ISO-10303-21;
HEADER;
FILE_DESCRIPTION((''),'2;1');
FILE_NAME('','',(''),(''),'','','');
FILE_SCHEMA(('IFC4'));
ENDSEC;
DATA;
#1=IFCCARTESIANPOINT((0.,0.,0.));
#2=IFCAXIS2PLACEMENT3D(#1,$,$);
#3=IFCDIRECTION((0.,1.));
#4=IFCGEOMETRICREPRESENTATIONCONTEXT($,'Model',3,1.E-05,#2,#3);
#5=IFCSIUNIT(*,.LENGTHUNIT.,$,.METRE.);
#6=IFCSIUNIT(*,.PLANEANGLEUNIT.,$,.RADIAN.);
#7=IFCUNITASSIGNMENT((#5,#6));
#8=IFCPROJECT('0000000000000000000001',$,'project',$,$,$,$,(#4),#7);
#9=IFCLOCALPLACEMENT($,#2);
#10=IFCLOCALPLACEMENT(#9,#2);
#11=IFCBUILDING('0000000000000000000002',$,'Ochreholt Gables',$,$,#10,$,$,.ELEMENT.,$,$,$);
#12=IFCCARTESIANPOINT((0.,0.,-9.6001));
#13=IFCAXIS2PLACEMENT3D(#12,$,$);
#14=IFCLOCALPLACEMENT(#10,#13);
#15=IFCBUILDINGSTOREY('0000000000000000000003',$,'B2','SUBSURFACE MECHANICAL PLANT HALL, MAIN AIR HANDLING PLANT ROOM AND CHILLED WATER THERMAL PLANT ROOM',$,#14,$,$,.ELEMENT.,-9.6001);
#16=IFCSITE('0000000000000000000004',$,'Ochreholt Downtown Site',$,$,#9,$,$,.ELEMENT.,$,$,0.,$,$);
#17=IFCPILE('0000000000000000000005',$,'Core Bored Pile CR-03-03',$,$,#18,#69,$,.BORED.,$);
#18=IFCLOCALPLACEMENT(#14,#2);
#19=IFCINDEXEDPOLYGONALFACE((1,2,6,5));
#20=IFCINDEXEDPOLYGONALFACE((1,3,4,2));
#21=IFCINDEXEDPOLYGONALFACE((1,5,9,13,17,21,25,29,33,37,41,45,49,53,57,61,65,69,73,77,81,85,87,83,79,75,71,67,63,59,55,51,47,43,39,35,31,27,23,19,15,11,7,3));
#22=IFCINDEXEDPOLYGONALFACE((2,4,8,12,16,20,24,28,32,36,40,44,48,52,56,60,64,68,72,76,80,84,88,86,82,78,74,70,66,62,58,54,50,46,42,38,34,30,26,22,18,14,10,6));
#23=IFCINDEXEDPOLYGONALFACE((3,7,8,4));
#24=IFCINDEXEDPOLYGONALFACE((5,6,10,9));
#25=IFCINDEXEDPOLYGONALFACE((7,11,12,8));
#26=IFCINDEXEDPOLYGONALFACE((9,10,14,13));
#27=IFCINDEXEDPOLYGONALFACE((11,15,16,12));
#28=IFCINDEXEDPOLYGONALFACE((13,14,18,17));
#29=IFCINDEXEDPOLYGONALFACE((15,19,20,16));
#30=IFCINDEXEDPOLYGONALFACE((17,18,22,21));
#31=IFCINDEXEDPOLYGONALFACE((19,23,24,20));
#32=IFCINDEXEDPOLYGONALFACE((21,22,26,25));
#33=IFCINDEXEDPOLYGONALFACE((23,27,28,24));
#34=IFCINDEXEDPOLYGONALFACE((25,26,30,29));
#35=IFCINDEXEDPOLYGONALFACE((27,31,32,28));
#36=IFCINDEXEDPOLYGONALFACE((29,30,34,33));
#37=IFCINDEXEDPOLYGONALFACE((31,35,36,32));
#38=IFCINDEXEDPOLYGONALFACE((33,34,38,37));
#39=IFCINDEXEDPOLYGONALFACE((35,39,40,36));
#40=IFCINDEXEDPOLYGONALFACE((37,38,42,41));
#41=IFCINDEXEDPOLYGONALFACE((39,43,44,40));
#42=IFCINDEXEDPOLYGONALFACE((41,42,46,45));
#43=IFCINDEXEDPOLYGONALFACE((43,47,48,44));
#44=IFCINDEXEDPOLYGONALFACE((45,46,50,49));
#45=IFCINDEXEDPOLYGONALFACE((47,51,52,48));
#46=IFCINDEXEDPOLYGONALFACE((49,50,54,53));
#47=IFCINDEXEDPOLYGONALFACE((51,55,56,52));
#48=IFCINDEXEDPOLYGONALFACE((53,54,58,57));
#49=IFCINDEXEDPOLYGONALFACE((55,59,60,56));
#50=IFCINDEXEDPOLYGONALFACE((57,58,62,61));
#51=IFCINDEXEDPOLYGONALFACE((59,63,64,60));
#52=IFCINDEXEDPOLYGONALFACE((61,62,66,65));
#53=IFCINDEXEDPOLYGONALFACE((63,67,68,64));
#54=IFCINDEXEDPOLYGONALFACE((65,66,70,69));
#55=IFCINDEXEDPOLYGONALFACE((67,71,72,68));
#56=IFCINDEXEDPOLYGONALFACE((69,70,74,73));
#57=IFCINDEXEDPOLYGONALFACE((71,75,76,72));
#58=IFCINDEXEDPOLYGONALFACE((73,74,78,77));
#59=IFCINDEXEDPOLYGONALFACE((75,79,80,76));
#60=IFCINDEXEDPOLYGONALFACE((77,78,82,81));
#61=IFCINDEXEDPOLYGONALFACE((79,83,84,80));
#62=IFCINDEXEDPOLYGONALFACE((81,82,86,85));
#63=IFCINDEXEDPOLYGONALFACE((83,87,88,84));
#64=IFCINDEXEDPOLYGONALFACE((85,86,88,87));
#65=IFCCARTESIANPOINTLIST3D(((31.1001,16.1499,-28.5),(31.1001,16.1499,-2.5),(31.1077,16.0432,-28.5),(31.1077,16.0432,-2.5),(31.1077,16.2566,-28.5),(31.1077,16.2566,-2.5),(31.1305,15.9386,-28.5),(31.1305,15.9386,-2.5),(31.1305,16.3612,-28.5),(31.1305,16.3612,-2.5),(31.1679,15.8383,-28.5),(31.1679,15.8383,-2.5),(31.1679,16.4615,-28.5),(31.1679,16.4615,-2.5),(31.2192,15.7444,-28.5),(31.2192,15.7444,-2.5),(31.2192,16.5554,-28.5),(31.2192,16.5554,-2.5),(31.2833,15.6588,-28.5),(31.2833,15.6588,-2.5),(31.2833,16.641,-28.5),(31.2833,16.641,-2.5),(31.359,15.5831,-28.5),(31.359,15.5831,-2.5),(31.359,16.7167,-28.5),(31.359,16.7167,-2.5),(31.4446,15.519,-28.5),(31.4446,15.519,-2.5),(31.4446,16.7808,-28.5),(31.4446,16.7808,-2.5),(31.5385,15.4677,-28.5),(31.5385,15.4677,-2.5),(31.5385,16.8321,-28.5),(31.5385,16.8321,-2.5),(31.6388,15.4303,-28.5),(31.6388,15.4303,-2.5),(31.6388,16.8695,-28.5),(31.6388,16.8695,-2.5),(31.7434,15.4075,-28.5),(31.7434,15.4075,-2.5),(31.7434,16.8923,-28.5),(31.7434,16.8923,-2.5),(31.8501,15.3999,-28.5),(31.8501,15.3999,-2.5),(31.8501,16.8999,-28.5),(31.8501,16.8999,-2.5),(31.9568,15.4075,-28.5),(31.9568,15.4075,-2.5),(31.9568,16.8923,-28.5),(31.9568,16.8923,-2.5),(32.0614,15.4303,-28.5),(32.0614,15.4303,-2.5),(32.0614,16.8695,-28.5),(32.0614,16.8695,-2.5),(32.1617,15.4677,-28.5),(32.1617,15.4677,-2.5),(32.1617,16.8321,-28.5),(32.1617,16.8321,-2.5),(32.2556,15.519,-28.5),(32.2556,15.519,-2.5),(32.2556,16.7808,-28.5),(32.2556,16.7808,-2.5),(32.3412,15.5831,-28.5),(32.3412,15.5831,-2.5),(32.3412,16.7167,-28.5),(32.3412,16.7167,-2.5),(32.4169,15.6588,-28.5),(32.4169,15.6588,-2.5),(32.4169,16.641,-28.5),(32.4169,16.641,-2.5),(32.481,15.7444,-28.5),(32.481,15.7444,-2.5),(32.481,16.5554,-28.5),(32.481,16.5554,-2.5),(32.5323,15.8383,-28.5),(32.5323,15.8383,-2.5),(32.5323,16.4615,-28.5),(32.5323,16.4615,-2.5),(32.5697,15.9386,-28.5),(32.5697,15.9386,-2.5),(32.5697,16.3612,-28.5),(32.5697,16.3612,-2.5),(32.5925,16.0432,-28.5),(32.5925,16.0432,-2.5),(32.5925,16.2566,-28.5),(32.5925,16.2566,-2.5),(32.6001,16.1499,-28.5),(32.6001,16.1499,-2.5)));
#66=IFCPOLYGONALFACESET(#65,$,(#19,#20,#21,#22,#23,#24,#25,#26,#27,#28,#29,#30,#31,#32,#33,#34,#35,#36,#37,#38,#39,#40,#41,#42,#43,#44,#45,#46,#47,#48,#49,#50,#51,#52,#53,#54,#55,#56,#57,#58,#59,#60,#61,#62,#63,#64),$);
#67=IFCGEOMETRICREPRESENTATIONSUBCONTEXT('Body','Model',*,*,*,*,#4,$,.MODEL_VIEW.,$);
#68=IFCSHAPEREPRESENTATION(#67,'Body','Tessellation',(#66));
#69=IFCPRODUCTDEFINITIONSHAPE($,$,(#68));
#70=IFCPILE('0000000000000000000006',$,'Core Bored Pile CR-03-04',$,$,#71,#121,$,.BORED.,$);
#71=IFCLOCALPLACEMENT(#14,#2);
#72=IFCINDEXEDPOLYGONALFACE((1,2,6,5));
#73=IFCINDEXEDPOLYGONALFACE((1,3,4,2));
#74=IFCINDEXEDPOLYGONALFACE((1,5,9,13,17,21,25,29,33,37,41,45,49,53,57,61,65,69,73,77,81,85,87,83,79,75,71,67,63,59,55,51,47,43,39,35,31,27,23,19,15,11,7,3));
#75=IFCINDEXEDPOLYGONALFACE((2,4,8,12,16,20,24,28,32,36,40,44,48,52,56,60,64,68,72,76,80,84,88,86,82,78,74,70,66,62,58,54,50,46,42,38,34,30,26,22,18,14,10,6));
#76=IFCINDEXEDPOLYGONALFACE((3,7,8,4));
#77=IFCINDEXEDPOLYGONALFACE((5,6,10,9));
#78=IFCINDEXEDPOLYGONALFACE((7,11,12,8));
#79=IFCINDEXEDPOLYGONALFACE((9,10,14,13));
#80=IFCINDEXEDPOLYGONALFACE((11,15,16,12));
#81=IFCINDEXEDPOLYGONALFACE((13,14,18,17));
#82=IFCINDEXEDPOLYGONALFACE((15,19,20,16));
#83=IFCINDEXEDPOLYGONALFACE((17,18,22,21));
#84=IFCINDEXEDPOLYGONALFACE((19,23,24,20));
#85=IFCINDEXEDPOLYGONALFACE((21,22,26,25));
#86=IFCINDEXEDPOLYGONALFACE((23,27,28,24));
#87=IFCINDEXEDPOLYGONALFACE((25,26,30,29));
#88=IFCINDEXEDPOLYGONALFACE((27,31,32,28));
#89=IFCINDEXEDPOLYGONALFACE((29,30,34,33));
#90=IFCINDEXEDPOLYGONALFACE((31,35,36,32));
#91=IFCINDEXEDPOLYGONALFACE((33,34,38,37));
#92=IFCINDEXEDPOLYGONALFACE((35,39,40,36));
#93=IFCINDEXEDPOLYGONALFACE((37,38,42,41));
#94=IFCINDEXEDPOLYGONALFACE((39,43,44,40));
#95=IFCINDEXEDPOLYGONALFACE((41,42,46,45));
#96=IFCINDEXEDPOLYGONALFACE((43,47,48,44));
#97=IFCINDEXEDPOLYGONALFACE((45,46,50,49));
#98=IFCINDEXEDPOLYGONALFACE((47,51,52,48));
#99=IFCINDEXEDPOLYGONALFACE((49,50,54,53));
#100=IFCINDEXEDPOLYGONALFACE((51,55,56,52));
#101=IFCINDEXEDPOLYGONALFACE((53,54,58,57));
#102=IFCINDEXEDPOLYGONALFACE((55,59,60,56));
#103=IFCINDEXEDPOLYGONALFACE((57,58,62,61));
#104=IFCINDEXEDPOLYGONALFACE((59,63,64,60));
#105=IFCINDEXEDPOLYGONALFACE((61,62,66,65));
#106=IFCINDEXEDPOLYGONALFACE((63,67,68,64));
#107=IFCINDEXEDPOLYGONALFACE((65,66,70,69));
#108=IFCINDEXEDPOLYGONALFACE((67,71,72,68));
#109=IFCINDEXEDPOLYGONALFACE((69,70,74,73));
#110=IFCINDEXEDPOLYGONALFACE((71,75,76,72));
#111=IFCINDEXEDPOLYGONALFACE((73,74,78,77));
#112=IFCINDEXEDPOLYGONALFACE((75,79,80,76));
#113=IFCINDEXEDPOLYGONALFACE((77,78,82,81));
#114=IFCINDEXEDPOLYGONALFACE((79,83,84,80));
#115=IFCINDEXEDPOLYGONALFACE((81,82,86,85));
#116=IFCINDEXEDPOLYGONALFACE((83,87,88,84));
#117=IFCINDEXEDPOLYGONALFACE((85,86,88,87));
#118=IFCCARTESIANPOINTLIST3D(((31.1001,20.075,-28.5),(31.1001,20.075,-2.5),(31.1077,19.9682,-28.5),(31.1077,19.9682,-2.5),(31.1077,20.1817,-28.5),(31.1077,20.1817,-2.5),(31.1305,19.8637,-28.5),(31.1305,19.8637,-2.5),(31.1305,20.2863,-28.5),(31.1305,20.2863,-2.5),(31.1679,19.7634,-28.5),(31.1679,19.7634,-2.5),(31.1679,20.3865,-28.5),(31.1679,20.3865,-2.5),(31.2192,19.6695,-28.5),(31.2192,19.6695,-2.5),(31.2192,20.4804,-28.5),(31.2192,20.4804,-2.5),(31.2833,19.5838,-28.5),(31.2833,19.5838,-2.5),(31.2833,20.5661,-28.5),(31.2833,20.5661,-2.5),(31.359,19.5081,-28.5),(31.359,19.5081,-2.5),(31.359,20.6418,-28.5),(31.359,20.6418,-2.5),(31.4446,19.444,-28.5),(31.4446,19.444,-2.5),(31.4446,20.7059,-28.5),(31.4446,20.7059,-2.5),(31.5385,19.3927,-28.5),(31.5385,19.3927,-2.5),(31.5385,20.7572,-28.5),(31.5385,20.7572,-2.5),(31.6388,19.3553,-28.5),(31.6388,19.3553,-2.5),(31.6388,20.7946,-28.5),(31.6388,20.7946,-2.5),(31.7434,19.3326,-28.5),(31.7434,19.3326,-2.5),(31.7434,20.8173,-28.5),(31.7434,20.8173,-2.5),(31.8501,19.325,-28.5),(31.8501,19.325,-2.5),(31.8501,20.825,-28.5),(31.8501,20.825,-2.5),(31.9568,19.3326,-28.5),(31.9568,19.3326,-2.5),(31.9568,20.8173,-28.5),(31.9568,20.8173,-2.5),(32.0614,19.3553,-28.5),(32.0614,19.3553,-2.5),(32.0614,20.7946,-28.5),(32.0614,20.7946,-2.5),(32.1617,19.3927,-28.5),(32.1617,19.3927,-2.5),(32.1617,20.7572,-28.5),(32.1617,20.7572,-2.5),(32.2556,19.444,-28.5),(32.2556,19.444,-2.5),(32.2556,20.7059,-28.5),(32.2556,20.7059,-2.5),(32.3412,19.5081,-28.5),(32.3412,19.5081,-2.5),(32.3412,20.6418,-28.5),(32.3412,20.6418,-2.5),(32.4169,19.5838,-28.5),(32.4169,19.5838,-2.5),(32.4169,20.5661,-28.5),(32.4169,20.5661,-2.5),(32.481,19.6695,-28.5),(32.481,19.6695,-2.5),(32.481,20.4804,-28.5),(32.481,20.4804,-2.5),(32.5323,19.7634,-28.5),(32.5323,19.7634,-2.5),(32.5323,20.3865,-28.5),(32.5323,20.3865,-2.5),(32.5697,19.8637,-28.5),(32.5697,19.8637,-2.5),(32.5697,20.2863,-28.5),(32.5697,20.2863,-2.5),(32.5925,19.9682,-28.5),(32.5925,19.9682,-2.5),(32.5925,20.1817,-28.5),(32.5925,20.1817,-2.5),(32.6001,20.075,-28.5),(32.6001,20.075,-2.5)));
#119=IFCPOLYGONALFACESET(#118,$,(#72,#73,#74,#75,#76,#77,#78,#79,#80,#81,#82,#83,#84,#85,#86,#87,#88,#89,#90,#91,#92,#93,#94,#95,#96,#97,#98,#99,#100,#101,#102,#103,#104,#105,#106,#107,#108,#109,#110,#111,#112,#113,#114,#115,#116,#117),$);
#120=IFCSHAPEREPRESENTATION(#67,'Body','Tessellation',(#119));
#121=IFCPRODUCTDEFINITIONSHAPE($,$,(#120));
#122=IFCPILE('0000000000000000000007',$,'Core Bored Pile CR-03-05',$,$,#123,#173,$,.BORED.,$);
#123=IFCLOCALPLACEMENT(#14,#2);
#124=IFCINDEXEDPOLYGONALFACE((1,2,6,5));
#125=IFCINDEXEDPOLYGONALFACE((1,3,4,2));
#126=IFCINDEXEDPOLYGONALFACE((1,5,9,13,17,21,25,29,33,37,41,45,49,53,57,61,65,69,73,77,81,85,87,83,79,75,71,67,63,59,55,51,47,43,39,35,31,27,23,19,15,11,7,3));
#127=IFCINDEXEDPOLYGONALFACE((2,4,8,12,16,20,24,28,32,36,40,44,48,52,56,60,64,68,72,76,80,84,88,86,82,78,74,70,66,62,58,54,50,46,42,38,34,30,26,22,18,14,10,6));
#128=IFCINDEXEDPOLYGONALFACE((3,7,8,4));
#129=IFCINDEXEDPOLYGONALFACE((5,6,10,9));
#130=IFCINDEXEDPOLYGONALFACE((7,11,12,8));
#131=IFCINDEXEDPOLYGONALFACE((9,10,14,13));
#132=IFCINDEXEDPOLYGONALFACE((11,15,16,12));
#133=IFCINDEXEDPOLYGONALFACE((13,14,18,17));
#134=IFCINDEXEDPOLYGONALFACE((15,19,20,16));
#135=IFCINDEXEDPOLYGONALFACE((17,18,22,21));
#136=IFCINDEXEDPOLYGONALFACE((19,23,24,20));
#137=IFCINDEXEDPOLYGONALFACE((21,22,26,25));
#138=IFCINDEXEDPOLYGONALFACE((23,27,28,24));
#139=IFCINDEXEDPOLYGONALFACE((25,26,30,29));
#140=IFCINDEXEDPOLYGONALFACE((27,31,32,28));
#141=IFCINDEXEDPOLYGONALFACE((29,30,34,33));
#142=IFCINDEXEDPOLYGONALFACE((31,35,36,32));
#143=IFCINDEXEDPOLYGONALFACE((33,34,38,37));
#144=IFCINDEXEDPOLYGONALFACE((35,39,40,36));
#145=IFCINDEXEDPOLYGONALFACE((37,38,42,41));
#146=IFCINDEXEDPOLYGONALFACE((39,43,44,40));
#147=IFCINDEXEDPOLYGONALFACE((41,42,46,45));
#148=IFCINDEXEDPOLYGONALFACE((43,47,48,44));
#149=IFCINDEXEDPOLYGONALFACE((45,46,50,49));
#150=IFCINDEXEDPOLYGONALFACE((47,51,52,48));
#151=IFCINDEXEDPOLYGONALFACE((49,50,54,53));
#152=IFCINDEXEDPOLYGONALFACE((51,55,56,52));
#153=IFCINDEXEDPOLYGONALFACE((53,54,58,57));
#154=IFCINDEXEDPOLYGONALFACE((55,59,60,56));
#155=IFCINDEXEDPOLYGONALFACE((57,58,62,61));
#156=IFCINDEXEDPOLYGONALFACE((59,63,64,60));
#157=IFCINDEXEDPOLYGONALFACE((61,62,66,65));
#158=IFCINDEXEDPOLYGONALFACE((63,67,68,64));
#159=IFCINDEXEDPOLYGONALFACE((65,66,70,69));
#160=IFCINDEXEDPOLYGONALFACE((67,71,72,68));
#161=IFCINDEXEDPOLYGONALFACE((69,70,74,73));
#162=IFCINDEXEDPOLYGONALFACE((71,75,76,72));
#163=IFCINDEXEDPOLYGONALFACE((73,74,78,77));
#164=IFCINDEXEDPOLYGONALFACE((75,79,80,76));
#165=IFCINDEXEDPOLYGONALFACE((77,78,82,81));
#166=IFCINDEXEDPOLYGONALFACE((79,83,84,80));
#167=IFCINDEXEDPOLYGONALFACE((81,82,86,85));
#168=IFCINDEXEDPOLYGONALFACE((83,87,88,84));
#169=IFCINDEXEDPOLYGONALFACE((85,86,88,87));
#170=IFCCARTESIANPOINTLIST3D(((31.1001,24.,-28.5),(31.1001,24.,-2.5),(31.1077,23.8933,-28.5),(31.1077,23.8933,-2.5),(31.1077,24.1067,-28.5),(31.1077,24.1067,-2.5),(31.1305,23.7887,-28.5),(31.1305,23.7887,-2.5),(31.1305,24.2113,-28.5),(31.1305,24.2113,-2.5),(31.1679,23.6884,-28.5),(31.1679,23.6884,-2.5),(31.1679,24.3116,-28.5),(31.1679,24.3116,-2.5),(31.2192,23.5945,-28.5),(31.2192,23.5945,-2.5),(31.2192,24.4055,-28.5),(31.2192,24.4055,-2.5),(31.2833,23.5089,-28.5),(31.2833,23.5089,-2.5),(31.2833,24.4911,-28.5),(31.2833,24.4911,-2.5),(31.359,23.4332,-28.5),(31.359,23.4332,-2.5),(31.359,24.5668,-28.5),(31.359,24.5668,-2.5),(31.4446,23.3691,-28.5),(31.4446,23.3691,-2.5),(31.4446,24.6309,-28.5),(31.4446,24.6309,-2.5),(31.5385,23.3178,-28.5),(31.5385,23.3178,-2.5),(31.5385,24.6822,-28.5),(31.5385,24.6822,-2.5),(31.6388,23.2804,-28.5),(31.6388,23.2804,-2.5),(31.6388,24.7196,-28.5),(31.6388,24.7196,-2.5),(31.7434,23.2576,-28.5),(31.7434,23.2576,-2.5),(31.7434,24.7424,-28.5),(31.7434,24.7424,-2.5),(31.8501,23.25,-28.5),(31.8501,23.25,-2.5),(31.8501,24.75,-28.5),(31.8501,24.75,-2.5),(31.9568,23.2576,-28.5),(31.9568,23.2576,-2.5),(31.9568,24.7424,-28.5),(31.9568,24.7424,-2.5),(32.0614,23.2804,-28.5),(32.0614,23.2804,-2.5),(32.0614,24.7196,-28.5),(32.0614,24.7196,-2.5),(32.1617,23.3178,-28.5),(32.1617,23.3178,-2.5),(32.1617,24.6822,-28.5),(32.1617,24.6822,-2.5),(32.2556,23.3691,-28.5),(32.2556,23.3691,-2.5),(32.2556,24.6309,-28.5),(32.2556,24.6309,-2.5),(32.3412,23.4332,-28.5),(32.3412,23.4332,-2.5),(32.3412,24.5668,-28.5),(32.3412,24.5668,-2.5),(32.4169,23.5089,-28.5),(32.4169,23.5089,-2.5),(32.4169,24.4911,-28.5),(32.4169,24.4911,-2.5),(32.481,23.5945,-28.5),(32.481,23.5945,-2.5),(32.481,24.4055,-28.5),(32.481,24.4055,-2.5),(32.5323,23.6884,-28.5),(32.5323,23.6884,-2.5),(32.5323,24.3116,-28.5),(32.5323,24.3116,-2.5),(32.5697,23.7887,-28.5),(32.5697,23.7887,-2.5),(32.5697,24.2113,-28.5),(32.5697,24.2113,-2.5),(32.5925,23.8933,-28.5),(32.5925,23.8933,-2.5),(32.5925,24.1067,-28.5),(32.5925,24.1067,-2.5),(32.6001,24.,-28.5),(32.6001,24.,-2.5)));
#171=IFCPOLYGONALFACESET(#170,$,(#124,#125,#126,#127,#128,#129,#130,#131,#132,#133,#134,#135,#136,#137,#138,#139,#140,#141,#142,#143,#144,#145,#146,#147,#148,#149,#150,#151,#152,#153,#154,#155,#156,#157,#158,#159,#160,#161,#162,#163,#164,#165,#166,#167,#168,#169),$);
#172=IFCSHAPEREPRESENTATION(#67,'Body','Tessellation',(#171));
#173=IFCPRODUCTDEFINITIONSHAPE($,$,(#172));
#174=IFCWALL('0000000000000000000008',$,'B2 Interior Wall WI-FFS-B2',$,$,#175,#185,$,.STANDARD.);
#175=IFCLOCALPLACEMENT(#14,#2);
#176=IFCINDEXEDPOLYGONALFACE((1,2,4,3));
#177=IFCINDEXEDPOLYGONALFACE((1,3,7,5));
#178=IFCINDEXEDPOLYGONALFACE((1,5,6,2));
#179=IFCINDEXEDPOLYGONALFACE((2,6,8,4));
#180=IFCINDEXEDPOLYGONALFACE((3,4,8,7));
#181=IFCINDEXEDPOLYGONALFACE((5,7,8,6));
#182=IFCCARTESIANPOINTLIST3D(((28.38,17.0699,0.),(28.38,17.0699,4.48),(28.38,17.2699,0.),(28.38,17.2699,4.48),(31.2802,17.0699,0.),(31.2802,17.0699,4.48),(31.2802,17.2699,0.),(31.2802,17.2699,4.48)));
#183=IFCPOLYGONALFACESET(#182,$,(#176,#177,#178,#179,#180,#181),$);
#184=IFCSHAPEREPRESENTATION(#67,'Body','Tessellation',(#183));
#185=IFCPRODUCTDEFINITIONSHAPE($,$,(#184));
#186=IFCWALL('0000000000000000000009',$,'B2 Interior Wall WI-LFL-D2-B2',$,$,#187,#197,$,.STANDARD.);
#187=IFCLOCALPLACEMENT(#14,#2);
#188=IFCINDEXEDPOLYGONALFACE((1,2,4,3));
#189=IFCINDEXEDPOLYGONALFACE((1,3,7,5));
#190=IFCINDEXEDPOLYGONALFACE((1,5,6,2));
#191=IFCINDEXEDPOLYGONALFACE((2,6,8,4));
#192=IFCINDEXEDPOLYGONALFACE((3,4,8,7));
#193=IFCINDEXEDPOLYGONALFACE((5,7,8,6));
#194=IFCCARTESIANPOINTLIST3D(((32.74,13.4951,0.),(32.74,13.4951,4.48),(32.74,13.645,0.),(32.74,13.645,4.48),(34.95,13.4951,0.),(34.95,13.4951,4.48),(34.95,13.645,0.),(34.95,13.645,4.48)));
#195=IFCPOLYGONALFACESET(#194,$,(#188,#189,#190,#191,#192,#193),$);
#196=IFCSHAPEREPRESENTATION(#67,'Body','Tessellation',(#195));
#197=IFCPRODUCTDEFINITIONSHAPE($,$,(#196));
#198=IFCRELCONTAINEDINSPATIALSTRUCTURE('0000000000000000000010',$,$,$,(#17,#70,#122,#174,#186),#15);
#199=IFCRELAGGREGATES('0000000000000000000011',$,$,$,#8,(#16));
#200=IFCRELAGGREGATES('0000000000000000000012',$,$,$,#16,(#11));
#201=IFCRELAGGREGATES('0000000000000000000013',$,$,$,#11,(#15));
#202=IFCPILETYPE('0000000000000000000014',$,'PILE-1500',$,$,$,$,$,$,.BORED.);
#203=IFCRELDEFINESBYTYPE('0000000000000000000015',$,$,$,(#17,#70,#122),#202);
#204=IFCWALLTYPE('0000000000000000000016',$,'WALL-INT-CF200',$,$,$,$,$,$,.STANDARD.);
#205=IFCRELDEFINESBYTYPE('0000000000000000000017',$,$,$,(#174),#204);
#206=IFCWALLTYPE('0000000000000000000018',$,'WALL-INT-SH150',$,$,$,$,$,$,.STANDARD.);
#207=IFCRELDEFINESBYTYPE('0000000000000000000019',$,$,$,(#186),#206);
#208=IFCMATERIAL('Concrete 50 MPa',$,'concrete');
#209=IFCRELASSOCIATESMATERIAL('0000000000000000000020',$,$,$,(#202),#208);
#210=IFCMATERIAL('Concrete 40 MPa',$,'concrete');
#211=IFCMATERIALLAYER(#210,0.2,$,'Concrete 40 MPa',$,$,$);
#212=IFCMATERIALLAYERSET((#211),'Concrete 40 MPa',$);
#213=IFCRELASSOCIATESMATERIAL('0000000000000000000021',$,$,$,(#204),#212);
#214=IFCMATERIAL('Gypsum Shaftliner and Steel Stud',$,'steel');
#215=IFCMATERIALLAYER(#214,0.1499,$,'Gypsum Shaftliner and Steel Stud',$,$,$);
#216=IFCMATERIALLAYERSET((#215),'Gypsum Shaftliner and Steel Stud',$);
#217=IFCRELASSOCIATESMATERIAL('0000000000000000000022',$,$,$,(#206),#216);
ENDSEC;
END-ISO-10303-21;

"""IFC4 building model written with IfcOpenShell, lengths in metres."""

from ifc_helpers import new_model, si_unit, direction, frame, frame_2d, origin, origin_2d, place, context, subcontext, project, spatial, rectangle, circle, extrude, material, layer, layer_set, material_profile, profile_set, type_object, element, save


model = new_model("IFC4")

# Units and contexts
model_context = context("Model", 3, precision=1e-05, world=origin(), true_north=direction((0.0, 1.0)))
body_context = subcontext(model_context, "Body", "Model", "MODEL_VIEW")
ifc_project = project(units=[si_unit("LENGTHUNIT", "METRE"), si_unit("PLANEANGLEUNIT", "RADIAN")], contexts=[model_context])

# Site, building, storey
site_placement = place(None, origin())
site = spatial("IfcSite", under=ifc_project, at=site_placement, Name="Ochreholt Downtown Site", CompositionType="ELEMENT", RefElevation=0.0)
building_placement = place(site_placement, origin())
building = spatial("IfcBuilding", under=site, at=building_placement, Name="Ochreholt Gables", CompositionType="ELEMENT")
storey_placement = place(building_placement, frame((0.0, 0.0, -9.6001)))
storey = spatial("IfcBuildingStorey", under=building, at=storey_placement, Name="B2", Description="SUBSURFACE MECHANICAL PLANT HALL, MAIN AIR HANDLING PLANT ROOM AND CHILLED WATER THERMAL PLANT ROOM", CompositionType="ELEMENT", Elevation=-9.6001)

# Piles
ifc_material_1 = material(Name="Concrete 50 MPa", Category="concrete")
ifc_material_profile = material_profile(ifc_material_1, circle(Radius=0.75, at=origin_2d()), Name="PILE1500")
ifc_profile_set = profile_set([ifc_material_profile], Name="Concrete 50 MPa")
pile_type = type_object("IfcPileType", Name="PILE-1500", PredefinedType="BORED", material=ifc_profile_set)
for number, where, z_axis, x_axis, name in (
    (1, (31.8501, 16.1499, -2.5), (0.0, 0.0, -1.0), (1.0, 0.0, 0.0), "Core Bored Pile CR-03-03"),
    (2, (31.8501, 20.075, -2.5), (0.0, 0.0, -1.0), (1.0, 0.0, 0.0), "Core Bored Pile CR-03-04"),
    (3, (31.8501, 24.0, -2.5), (0.0, 0.0, -1.0), (1.0, 0.0, 0.0), "Core Bored Pile CR-03-05"),
):
    element("IfcPile", number, at=place(storey_placement, frame(where, z_axis=z_axis, x_axis=x_axis)), inside=storey, type_object=pile_type, Name=name, PredefinedType="BORED", context=body_context, shape_type="SweptSolid", body=[
        extrude(circle(Radius=0.75, at=origin_2d()), origin(), (0.0, 0.0, 1.0), 26.0),
    ])

# Wall
ifc_material_2 = material(Name="Concrete 40 MPa", Category="concrete")
ifc_layer_1 = layer(ifc_material_2, 0.2, Name="Concrete 40 MPa")
ifc_layer_set_1 = layer_set([ifc_layer_1], Name="Concrete 40 MPa")
wall_type_1 = type_object("IfcWallType", Name="WALL-INT-CF200", PredefinedType="STANDARD", material=ifc_layer_set_1)
wall_1_placement = place(storey_placement, frame((28.3799, 17.1699, 0.0), z_axis=(0.0, 0.0, 1.0), x_axis=(1.0, 0.0, 0.0)))
element("IfcWall", 4, at=wall_1_placement, inside=storey, type_object=wall_type_1, Name="B2 Interior Wall WI-FFS-B2", PredefinedType="STANDARD", context=body_context, shape_type="SweptSolid", body=[
    extrude(rectangle(XDim=2.9001, YDim=0.2, at=frame_2d((1.4502, 0.0))), origin(), (0.0, 0.0, 1.0), 4.48),
])

# Wall
ifc_material_3 = material(Name="Gypsum Shaftliner and Steel Stud", Category="steel")
ifc_layer_2 = layer(ifc_material_3, 0.1499, Name="Gypsum Shaftliner and Steel Stud")
ifc_layer_set_2 = layer_set([ifc_layer_2], Name="Gypsum Shaftliner and Steel Stud")
wall_type_2 = type_object("IfcWallType", Name="WALL-INT-SH150", PredefinedType="STANDARD", material=ifc_layer_set_2)
wall_2_placement = place(storey_placement, frame((32.74, 13.5701, 0.0), z_axis=(0.0, 0.0, 1.0), x_axis=(1.0, 0.0, 0.0)))
element("IfcWall", 5, at=wall_2_placement, inside=storey, type_object=wall_type_2, Name="B2 Interior Wall WI-LFL-D2-B2", PredefinedType="STANDARD", context=body_context, shape_type="SweptSolid", body=[
    extrude(rectangle(XDim=2.21, YDim=0.1499, at=frame_2d((1.105, 0.0))), origin(), (0.0, 0.0, 1.0), 4.48),
])

save(model, "model.ifc")
